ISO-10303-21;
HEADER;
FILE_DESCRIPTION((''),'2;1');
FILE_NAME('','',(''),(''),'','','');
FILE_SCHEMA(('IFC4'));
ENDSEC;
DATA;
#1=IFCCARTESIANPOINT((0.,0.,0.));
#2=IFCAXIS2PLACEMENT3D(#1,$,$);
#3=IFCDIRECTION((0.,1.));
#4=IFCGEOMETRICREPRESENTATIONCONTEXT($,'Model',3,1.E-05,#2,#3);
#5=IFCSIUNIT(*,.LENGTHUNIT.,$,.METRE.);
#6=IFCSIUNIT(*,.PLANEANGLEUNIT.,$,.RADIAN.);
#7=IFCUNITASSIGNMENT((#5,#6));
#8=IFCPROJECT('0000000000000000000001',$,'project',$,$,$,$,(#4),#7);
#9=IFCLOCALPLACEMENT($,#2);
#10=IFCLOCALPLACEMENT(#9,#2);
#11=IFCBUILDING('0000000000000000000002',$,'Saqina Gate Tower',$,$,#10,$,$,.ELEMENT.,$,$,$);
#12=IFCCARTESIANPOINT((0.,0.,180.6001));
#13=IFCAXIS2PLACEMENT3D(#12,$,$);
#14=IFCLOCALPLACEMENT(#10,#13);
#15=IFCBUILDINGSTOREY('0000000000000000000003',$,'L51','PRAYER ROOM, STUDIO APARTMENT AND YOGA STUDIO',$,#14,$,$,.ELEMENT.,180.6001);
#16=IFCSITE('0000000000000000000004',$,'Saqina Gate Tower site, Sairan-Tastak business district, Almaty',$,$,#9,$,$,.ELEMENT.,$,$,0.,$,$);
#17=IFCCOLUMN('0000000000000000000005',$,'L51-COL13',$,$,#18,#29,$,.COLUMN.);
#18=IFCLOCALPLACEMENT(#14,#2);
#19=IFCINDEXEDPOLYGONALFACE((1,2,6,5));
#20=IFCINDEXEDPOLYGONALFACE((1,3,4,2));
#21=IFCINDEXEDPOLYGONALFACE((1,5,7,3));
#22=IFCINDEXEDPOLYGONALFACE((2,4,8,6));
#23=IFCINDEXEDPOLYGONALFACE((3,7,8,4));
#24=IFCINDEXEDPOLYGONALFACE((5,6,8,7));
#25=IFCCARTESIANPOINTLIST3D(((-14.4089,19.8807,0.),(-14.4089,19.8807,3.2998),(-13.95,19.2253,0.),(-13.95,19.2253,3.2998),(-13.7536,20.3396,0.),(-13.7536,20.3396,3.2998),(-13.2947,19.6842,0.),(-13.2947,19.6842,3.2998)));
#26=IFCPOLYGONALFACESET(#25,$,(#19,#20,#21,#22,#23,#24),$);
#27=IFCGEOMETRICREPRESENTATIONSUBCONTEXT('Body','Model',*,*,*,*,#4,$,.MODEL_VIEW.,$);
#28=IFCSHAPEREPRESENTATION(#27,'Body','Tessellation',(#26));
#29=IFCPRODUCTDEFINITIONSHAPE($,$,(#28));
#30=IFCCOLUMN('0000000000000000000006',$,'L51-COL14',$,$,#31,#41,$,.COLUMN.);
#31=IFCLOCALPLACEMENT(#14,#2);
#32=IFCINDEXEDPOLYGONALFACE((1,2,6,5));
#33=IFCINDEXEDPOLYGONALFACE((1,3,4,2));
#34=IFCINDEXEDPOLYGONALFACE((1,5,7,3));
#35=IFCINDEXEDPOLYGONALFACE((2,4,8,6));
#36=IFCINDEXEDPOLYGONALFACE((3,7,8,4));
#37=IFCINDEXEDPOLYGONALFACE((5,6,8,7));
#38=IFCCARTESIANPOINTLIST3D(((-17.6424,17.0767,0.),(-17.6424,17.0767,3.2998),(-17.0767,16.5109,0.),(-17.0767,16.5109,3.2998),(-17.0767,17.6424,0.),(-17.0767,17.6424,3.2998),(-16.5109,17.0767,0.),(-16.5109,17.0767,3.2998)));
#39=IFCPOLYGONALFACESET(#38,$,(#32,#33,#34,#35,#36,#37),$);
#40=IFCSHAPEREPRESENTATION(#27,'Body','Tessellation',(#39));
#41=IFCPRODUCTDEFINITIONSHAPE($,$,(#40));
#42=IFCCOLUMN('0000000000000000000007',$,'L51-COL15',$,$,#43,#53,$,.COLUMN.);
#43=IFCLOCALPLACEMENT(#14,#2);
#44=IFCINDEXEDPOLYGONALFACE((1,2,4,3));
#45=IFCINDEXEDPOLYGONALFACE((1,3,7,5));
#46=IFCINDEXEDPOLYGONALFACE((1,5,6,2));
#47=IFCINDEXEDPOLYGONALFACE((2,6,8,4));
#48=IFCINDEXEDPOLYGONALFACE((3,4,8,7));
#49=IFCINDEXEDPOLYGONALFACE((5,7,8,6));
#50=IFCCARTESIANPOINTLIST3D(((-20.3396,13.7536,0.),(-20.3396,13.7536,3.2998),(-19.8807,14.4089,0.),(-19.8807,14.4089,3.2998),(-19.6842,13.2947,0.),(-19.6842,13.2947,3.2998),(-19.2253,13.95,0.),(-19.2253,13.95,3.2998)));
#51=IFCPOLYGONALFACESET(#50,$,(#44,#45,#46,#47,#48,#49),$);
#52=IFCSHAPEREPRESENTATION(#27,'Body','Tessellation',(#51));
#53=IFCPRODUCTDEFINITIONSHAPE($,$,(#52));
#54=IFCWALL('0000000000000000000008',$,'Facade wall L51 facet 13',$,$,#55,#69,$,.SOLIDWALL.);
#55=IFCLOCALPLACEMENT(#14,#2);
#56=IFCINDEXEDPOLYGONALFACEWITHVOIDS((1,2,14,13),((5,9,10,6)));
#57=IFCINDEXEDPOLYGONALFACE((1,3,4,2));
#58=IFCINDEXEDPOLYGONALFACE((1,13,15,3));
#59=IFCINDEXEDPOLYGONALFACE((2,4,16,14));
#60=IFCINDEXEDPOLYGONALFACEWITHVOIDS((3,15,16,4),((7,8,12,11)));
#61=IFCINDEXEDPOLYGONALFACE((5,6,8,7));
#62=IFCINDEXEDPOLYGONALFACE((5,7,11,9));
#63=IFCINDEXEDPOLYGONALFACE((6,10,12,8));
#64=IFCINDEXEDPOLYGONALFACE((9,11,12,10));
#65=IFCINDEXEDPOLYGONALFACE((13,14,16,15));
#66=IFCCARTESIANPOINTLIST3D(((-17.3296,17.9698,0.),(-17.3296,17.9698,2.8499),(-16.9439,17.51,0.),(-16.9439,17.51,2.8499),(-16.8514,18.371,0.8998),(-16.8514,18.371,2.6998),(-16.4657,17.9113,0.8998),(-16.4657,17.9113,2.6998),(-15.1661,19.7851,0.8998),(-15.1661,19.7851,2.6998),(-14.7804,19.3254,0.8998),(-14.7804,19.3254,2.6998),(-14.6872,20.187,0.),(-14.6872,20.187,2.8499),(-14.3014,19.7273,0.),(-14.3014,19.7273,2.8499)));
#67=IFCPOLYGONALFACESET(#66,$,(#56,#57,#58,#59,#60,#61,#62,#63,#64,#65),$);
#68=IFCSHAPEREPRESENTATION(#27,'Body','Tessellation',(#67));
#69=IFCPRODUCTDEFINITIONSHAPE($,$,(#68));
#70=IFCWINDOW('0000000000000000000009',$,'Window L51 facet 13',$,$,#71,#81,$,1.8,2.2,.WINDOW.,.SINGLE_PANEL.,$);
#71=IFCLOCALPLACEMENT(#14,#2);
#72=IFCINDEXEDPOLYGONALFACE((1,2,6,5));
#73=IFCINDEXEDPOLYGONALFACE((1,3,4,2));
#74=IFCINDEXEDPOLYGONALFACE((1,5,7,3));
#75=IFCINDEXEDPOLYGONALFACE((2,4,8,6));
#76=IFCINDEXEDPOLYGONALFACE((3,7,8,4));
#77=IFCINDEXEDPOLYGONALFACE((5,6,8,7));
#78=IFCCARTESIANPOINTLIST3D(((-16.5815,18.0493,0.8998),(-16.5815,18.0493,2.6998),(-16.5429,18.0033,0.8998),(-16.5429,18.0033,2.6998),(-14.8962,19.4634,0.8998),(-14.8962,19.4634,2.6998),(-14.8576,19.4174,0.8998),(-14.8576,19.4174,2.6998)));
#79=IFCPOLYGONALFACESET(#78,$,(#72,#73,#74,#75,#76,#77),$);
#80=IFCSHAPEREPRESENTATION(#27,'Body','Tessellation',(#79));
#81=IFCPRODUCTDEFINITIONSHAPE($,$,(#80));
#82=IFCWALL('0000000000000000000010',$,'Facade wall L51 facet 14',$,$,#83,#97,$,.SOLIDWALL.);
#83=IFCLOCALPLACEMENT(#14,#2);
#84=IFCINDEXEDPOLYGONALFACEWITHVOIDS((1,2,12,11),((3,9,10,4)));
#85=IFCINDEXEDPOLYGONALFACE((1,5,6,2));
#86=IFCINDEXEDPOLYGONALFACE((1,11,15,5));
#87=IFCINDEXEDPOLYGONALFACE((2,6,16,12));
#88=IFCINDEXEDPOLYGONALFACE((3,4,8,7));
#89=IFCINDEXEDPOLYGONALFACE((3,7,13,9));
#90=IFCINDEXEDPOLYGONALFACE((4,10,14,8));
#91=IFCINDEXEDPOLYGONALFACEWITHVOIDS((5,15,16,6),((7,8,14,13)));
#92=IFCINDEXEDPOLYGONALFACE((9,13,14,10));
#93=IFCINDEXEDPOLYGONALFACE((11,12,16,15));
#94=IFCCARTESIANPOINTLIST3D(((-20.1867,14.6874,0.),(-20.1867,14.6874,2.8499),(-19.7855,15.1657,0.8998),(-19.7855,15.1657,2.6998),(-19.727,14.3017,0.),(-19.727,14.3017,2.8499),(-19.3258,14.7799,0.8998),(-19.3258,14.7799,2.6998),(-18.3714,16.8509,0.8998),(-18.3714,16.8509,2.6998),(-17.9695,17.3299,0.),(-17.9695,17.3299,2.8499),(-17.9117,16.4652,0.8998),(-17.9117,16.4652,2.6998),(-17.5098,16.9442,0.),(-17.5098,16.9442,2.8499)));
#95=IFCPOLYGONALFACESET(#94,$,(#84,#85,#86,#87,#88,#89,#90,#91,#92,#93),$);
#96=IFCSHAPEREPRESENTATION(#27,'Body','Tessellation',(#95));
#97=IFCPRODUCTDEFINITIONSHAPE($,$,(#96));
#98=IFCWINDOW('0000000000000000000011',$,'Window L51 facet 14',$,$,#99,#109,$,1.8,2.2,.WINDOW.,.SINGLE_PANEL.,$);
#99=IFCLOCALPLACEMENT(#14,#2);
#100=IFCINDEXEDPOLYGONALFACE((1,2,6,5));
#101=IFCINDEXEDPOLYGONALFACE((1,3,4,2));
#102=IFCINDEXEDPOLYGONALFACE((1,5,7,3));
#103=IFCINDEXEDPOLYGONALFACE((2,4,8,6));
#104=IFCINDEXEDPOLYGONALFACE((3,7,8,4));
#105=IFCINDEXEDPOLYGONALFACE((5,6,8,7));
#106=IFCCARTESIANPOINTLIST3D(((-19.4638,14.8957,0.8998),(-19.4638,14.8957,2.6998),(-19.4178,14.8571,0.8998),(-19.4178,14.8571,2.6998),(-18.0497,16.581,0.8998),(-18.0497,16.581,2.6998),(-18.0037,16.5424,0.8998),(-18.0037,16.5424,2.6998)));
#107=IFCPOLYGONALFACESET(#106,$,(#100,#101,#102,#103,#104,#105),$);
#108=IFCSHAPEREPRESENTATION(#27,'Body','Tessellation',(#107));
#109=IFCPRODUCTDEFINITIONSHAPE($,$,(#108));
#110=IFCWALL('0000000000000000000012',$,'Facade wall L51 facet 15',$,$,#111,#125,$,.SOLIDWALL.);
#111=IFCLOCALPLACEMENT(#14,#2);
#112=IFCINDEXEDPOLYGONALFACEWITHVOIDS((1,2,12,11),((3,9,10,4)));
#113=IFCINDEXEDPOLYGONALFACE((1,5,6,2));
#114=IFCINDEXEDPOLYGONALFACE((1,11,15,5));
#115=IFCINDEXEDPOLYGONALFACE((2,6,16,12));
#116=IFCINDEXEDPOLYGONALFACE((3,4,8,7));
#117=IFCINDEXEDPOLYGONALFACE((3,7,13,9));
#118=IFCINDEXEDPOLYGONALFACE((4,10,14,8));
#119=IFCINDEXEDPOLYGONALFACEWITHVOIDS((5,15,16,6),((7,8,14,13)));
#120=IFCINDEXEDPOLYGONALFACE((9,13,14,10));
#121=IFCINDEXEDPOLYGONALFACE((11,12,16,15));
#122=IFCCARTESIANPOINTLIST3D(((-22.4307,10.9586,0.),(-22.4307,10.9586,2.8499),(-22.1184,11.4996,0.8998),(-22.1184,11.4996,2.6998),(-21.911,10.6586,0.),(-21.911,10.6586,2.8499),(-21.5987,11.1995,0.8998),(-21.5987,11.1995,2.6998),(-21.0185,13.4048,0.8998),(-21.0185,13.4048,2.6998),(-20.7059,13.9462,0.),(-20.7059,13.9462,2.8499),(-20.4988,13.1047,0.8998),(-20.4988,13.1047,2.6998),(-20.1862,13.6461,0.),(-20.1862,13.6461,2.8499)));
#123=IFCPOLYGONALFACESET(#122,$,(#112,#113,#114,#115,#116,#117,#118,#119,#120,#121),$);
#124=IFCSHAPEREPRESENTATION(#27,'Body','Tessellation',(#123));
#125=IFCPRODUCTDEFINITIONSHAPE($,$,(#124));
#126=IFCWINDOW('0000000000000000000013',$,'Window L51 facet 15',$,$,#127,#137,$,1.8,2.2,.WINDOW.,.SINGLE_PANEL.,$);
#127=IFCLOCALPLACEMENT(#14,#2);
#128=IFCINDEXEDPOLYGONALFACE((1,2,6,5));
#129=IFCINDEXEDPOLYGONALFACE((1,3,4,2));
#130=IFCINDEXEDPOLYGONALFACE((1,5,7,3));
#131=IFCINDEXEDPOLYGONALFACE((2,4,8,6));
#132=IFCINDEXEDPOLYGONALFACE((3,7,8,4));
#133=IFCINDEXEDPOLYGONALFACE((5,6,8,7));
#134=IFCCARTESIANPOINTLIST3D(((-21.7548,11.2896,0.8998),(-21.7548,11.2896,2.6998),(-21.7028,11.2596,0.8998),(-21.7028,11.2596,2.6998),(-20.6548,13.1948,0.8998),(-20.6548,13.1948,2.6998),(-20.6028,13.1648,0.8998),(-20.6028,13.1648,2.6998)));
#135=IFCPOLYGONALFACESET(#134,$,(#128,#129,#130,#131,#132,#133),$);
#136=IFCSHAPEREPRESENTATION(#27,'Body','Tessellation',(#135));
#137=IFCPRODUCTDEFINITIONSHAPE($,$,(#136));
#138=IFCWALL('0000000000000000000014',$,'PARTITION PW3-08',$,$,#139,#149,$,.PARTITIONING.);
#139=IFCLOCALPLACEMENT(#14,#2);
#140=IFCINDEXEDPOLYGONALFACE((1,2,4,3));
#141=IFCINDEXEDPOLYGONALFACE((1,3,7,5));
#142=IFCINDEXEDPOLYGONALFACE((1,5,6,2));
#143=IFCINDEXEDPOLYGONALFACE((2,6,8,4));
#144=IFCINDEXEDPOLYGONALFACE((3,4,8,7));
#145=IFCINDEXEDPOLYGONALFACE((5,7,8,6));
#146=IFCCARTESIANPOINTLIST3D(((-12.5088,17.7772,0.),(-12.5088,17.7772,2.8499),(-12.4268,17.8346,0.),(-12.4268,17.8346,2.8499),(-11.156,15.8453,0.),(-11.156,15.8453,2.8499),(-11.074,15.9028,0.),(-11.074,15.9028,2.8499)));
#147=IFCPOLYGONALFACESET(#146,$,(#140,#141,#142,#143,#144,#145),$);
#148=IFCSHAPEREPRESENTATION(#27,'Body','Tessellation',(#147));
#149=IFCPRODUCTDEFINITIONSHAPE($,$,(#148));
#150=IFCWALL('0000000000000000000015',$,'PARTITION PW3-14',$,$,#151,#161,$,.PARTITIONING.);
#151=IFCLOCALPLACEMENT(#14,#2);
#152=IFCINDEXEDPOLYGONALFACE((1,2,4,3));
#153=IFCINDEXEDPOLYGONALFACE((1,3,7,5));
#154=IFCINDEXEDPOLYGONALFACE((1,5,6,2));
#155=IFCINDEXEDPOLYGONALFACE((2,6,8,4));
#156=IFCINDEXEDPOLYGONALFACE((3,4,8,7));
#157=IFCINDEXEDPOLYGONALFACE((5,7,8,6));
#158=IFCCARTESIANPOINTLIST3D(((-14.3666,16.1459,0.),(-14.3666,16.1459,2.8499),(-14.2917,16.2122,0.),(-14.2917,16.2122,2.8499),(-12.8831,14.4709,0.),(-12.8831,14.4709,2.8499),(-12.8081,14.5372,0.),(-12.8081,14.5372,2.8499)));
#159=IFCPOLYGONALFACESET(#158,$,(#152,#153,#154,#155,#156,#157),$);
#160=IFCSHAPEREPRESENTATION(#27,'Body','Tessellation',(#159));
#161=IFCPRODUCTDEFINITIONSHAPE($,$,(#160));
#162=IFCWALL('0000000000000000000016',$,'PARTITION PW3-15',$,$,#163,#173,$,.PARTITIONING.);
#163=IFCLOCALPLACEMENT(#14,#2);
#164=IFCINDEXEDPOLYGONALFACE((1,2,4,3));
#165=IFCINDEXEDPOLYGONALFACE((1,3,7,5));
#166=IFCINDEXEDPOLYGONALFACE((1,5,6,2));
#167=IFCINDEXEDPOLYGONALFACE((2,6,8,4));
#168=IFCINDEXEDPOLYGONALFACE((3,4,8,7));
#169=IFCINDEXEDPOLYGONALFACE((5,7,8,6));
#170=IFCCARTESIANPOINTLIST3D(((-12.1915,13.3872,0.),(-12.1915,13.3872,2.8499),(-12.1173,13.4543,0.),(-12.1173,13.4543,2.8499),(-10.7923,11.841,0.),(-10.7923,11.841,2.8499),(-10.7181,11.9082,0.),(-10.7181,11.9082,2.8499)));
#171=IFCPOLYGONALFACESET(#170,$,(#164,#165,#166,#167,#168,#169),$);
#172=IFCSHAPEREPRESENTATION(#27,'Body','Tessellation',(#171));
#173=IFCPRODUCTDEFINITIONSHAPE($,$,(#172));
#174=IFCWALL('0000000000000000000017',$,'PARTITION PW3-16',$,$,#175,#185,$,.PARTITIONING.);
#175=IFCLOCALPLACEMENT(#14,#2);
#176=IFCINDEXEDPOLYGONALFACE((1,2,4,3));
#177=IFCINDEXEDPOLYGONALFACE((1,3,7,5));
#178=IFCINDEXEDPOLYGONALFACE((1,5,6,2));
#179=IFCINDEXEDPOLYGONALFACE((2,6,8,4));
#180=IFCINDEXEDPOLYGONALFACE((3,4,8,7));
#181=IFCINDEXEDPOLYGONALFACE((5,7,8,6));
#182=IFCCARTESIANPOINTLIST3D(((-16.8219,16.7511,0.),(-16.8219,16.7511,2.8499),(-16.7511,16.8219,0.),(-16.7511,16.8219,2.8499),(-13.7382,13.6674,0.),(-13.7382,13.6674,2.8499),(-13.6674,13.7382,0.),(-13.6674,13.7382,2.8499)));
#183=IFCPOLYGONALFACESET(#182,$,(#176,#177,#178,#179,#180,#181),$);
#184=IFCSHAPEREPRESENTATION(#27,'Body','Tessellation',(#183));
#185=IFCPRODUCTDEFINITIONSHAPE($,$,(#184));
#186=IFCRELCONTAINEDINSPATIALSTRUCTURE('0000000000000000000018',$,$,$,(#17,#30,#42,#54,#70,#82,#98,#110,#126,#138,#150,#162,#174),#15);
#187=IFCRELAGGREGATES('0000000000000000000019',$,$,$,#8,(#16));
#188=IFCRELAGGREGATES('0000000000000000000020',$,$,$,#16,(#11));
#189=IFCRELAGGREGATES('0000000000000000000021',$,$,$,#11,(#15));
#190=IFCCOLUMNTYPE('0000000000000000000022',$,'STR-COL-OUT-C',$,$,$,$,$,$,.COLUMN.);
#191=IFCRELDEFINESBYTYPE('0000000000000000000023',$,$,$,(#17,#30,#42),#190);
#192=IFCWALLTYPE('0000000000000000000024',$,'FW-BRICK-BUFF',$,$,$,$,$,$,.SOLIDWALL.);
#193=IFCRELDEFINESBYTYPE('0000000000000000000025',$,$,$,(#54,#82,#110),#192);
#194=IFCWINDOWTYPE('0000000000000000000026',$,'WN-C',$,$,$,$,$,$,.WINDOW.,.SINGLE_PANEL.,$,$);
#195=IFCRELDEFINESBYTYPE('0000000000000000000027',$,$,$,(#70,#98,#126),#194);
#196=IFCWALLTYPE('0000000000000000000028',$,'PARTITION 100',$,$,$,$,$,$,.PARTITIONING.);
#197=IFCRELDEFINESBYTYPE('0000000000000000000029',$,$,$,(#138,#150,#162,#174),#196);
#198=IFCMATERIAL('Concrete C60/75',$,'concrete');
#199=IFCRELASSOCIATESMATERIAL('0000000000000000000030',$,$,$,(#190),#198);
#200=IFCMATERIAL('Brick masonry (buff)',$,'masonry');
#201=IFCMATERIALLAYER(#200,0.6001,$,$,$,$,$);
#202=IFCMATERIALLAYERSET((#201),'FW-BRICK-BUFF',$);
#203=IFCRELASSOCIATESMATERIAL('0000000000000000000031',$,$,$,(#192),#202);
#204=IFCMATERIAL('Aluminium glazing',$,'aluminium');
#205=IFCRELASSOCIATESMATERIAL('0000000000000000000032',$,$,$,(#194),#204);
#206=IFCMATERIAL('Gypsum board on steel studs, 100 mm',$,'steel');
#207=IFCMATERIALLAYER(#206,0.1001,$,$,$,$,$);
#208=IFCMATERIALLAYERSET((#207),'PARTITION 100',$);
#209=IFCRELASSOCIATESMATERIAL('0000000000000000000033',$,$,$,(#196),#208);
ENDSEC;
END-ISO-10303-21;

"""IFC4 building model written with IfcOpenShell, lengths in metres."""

from ifc_helpers import new_model, si_unit, direction, frame, frame_2d, origin, origin_2d, place, context, subcontext, project, spatial, rectangle, extrude, material, layer, layer_set, material_profile, profile_set, type_object, element, fill, save


model = new_model("IFC4")

# Units and contexts
model_context = context("Model", 3, precision=1e-05, world=origin(), true_north=direction((0.0, 1.0)))
body_context = subcontext(model_context, "Body", "Model", "MODEL_VIEW")
ifc_project = project(units=[si_unit("LENGTHUNIT", "METRE"), si_unit("PLANEANGLEUNIT", "RADIAN")], contexts=[model_context])

# Site, building, storey
site_placement = place(None, origin())
site = spatial("IfcSite", under=ifc_project, at=site_placement, Name="Saqina Gate Tower site, Sairan-Tastak business district, Almaty", CompositionType="ELEMENT", RefElevation=0.0)
building_placement = place(site_placement, origin())
building = spatial("IfcBuilding", under=site, at=building_placement, Name="Saqina Gate Tower", CompositionType="ELEMENT")
storey_placement = place(building_placement, frame((0.0, 0.0, 180.6001)))
storey = spatial("IfcBuildingStorey", under=building, at=storey_placement, Name="L51", Description="PRAYER ROOM, STUDIO APARTMENT AND YOGA STUDIO", CompositionType="ELEMENT", Elevation=180.6001)

# Columns
ifc_material_1 = material(Name="Concrete C60/75", Category="concrete")
ifc_material_profile = material_profile(ifc_material_1, rectangle(XDim=0.8, YDim=0.8, at=origin_2d()), Name="RC 800x800")
ifc_profile_set = profile_set([ifc_material_profile], Name="Concrete C60/75")
column_type = type_object("IfcColumnType", Name="STR-COL-OUT-C", PredefinedType="COLUMN", material=ifc_profile_set)
for number, where, z_axis, x_axis, name in (
    (1, (-13.8518, 19.7825, 0.0), (0.0, 0.0, 1.0), (-0.573576, 0.819152, 0.0), "L51-COL13"),
    (2, (-17.0767, 17.0767, 0.0), (0.0, 0.0, 1.0), (-0.707107, 0.707107, 0.0), "L51-COL14"),
    (3, (-19.7825, 13.8518, 0.0), (0.0, 0.0, 1.0), (-0.819152, 0.573576, 0.0), "L51-COL15"),
):
    element("IfcColumn", number, at=place(storey_placement, frame(where, z_axis=z_axis, x_axis=x_axis)), inside=storey, type_object=column_type, Name=name, PredefinedType="COLUMN", context=body_context, shape_type="SweptSolid", body=[
        extrude(rectangle(XDim=0.8, YDim=0.8, at=origin_2d()), origin(), (0.0, 0.0, 1.0), 3.2998),
    ])

# Walls, openings, windows
ifc_material_2 = material(Name="Brick masonry (buff)", Category="masonry")
ifc_layer_1 = layer(ifc_material_2, 0.6001)
ifc_layer_set_1 = layer_set([ifc_layer_1], Name="FW-BRICK-BUFF")
wall_type_1 = type_object("IfcWallType", Name="FW-BRICK-BUFF", PredefinedType="SOLIDWALL", material=ifc_layer_set_1)
wall_1_placement = place(storey_placement, frame((-14.4944, 19.957, 0.0), z_axis=(0.0, 0.0, 1.0), x_axis=(-0.766059, -0.64277, 0.0)))
wall_1 = element("IfcWall", 4, at=wall_1_placement, inside=storey, type_object=wall_type_1, Name="Facade wall L51 facet 13", PredefinedType="SOLIDWALL", context=body_context, shape_type="SweptSolid", body=[
    extrude(rectangle(XDim=3.4495, YDim=0.6001, at=frame_2d((1.7246, 0.0))), origin(), (0.0, 0.0, 1.0), 2.8499),
])
opening_1_placement = place(wall_1_placement, frame((0.625, 0.0, 0.8999)))
opening_1 = element("IfcOpeningElement", 5, at=opening_1_placement, cuts=wall_1, PredefinedType="OPENING", context=body_context, shape_type="SweptSolid", body=[
    extrude(rectangle(XDim=2.2, YDim=1.8, at=frame_2d((1.1001, 0.8999))), frame((0.0, 0.312, 0.0), z_axis=(0.0, -1.0, 0.0), x_axis=(1.0, 0.0, 0.0)), (0.0, 0.0, 1.0), 0.624),
])
ifc_material_3 = material(Name="Aluminium glazing", Category="aluminium")
window_type = type_object("IfcWindowType", Name="WN-C", PartitioningType="SINGLE_PANEL", PredefinedType="WINDOW", material=ifc_material_3)
window_1_placement = place(opening_1_placement, origin())
window_1 = element("IfcWindow", 6, at=window_1_placement, inside=storey, type_object=window_type, Name="Window L51 facet 13", OverallHeight=1.8, OverallWidth=2.2, PartitioningType="SINGLE_PANEL", PredefinedType="WINDOW", context=body_context, shape_type="SweptSolid", body=[
    extrude(rectangle(XDim=2.2, YDim=1.8, at=frame_2d((1.1001, 0.8999))), frame((0.0, 0.1799, 0.0), z_axis=(0.0, -1.0, 0.0), x_axis=(1.0, 0.0, 0.0)), (0.0, 0.0, 1.0), 0.0601),
])
fill(opening_1, window_1)
wall_2_placement = place(storey_placement, frame((-17.7397, 17.137, 0.0), z_axis=(0.0, 0.0, 1.0), x_axis=(-0.64277, -0.766059, 0.0)))
wall_2 = element("IfcWall", 7, at=wall_2_placement, inside=storey, type_object=wall_type_1, Name="Facade wall L51 facet 14", PredefinedType="SOLIDWALL", context=body_context, shape_type="SweptSolid", body=[
    extrude(rectangle(XDim=3.4495, YDim=0.6001, at=frame_2d((1.7246, 0.0))), origin(), (0.0, 0.0, 1.0), 2.8499),
])
opening_2_placement = place(wall_2_placement, frame((0.625, 0.0, 0.8999)))
opening_2 = element("IfcOpeningElement", 8, at=opening_2_placement, cuts=wall_2, PredefinedType="OPENING", context=body_context, shape_type="SweptSolid", body=[
    extrude(rectangle(XDim=2.2, YDim=1.8, at=frame_2d((1.1001, 0.8999))), frame((0.0, 0.312, 0.0), z_axis=(0.0, -1.0, 0.0), x_axis=(1.0, 0.0, 0.0)), (0.0, 0.0, 1.0), 0.624),
])
window_2_placement = place(opening_2_placement, origin())
window_2 = element("IfcWindow", 9, at=window_2_placement, inside=storey, type_object=window_type, Name="Window L51 facet 14", OverallHeight=1.8, OverallWidth=2.2, PartitioningType="SINGLE_PANEL", PredefinedType="WINDOW", context=body_context, shape_type="SweptSolid", body=[
    extrude(rectangle(XDim=2.2, YDim=1.8, at=frame_2d((1.1001, 0.8999))), frame((0.0, 0.1799, 0.0), z_axis=(0.0, -1.0, 0.0), x_axis=(1.0, 0.0, 0.0)), (0.0, 0.0, 1.0), 0.0601),
])
fill(opening_2, window_2)
wall_3_placement = place(storey_placement, frame((-20.446, 13.7961, 0.0), z_axis=(0.0, 0.0, 1.0), x_axis=(-0.499998, -0.866026, 0.0)))
wall_3 = element("IfcWall", 10, at=wall_3_placement, inside=storey, type_object=wall_type_1, Name="Facade wall L51 facet 15", PredefinedType="SOLIDWALL", context=body_context, shape_type="SweptSolid", body=[
    extrude(rectangle(XDim=3.4497, YDim=0.6001, at=frame_2d((1.7249, 0.0))), origin(), (0.0, 0.0, 1.0), 2.8499),
])
opening_3_placement = place(wall_3_placement, frame((0.625, 0.0, 0.8999)))
opening_3 = element("IfcOpeningElement", 11, at=opening_3_placement, cuts=wall_3, PredefinedType="OPENING", context=body_context, shape_type="SweptSolid", body=[
    extrude(rectangle(XDim=2.2, YDim=1.8, at=frame_2d((1.1001, 0.8999))), frame((0.0, 0.312, 0.0), z_axis=(0.0, -1.0, 0.0), x_axis=(1.0, 0.0, 0.0)), (0.0, 0.0, 1.0), 0.624),
])
window_3_placement = place(opening_3_placement, origin())
window_3 = element("IfcWindow", 12, at=window_3_placement, inside=storey, type_object=window_type, Name="Window L51 facet 15", OverallHeight=1.8, OverallWidth=2.2, PartitioningType="SINGLE_PANEL", PredefinedType="WINDOW", context=body_context, shape_type="SweptSolid", body=[
    extrude(rectangle(XDim=2.2, YDim=1.8, at=frame_2d((1.1001, 0.8999))), frame((0.0, 0.1799, 0.0), z_axis=(0.0, -1.0, 0.0), x_axis=(1.0, 0.0, 0.0)), (0.0, 0.0, 1.0), 0.0601),
])
fill(opening_3, window_3)

# Walls
ifc_material_4 = material(Name="Gypsum board on steel studs, 100 mm", Category="steel")
ifc_layer_2 = layer(ifc_material_4, 0.1001)
ifc_layer_set_2 = layer_set([ifc_layer_2], Name="PARTITION 100")
wall_type_2 = type_object("IfcWallType", Name="PARTITION 100", PredefinedType="PARTITIONING", material=ifc_layer_set_2)
wall_4_placement = place(storey_placement, frame((-12.4678, 17.8059, 0.0), z_axis=(0.0, 0.0, 1.0), x_axis=(0.573594, -0.81914, 0.0)))
element("IfcWall", 13, at=wall_4_placement, inside=storey, type_object=wall_type_2, Name="PARTITION PW3-08", PredefinedType="PARTITIONING", context=body_context, shape_type="SweptSolid", body=[
    extrude(rectangle(XDim=2.3584, YDim=0.1001, at=frame_2d((1.1792, 0.0))), origin(), (0.0, 0.0, 1.0), 2.8499),
])
wall_5_placement = place(storey_placement, frame((-14.3291, 16.179, 0.0), z_axis=(0.0, 0.0, 1.0), x_axis=(0.663042, -0.748582, 0.0)))
element("IfcWall", 14, at=wall_5_placement, inside=storey, type_object=wall_type_2, Name="PARTITION PW3-14", PredefinedType="PARTITIONING", context=body_context, shape_type="SweptSolid", body=[
    extrude(rectangle(XDim=2.2375, YDim=0.1001, at=frame_2d((1.1187, 0.0))), origin(), (0.0, 0.0, 1.0), 2.8499),
])
wall_6_placement = place(storey_placement, frame((-12.1543, 13.4207, 0.0), z_axis=(0.0, 0.0, 1.0), x_axis=(0.670987, -0.741469, 0.0)))
element("IfcWall", 15, at=wall_6_placement, inside=storey, type_object=wall_type_2, Name="PARTITION PW3-15", PredefinedType="PARTITIONING", context=body_context, shape_type="SweptSolid", body=[
    extrude(rectangle(XDim=2.0852, YDim=0.1001, at=frame_2d((1.0425, 0.0))), origin(), (0.0, 0.0, 1.0), 2.8499),
])
wall_7_placement = place(storey_placement, frame((-16.7866, 16.7866, 0.0), z_axis=(0.0, 0.0, 1.0), x_axis=(0.707107, -0.707107, 0.0)))
element("IfcWall", 16, at=wall_7_placement, inside=storey, type_object=wall_type_2, Name="PARTITION PW3-16", PredefinedType="PARTITIONING", context=body_context, shape_type="SweptSolid", body=[
    extrude(rectangle(XDim=4.3611, YDim=0.1001, at=frame_2d((2.1807, 0.0))), origin(), (0.0, 0.0, 1.0), 2.8499),
])

save(model, "model.ifc")
